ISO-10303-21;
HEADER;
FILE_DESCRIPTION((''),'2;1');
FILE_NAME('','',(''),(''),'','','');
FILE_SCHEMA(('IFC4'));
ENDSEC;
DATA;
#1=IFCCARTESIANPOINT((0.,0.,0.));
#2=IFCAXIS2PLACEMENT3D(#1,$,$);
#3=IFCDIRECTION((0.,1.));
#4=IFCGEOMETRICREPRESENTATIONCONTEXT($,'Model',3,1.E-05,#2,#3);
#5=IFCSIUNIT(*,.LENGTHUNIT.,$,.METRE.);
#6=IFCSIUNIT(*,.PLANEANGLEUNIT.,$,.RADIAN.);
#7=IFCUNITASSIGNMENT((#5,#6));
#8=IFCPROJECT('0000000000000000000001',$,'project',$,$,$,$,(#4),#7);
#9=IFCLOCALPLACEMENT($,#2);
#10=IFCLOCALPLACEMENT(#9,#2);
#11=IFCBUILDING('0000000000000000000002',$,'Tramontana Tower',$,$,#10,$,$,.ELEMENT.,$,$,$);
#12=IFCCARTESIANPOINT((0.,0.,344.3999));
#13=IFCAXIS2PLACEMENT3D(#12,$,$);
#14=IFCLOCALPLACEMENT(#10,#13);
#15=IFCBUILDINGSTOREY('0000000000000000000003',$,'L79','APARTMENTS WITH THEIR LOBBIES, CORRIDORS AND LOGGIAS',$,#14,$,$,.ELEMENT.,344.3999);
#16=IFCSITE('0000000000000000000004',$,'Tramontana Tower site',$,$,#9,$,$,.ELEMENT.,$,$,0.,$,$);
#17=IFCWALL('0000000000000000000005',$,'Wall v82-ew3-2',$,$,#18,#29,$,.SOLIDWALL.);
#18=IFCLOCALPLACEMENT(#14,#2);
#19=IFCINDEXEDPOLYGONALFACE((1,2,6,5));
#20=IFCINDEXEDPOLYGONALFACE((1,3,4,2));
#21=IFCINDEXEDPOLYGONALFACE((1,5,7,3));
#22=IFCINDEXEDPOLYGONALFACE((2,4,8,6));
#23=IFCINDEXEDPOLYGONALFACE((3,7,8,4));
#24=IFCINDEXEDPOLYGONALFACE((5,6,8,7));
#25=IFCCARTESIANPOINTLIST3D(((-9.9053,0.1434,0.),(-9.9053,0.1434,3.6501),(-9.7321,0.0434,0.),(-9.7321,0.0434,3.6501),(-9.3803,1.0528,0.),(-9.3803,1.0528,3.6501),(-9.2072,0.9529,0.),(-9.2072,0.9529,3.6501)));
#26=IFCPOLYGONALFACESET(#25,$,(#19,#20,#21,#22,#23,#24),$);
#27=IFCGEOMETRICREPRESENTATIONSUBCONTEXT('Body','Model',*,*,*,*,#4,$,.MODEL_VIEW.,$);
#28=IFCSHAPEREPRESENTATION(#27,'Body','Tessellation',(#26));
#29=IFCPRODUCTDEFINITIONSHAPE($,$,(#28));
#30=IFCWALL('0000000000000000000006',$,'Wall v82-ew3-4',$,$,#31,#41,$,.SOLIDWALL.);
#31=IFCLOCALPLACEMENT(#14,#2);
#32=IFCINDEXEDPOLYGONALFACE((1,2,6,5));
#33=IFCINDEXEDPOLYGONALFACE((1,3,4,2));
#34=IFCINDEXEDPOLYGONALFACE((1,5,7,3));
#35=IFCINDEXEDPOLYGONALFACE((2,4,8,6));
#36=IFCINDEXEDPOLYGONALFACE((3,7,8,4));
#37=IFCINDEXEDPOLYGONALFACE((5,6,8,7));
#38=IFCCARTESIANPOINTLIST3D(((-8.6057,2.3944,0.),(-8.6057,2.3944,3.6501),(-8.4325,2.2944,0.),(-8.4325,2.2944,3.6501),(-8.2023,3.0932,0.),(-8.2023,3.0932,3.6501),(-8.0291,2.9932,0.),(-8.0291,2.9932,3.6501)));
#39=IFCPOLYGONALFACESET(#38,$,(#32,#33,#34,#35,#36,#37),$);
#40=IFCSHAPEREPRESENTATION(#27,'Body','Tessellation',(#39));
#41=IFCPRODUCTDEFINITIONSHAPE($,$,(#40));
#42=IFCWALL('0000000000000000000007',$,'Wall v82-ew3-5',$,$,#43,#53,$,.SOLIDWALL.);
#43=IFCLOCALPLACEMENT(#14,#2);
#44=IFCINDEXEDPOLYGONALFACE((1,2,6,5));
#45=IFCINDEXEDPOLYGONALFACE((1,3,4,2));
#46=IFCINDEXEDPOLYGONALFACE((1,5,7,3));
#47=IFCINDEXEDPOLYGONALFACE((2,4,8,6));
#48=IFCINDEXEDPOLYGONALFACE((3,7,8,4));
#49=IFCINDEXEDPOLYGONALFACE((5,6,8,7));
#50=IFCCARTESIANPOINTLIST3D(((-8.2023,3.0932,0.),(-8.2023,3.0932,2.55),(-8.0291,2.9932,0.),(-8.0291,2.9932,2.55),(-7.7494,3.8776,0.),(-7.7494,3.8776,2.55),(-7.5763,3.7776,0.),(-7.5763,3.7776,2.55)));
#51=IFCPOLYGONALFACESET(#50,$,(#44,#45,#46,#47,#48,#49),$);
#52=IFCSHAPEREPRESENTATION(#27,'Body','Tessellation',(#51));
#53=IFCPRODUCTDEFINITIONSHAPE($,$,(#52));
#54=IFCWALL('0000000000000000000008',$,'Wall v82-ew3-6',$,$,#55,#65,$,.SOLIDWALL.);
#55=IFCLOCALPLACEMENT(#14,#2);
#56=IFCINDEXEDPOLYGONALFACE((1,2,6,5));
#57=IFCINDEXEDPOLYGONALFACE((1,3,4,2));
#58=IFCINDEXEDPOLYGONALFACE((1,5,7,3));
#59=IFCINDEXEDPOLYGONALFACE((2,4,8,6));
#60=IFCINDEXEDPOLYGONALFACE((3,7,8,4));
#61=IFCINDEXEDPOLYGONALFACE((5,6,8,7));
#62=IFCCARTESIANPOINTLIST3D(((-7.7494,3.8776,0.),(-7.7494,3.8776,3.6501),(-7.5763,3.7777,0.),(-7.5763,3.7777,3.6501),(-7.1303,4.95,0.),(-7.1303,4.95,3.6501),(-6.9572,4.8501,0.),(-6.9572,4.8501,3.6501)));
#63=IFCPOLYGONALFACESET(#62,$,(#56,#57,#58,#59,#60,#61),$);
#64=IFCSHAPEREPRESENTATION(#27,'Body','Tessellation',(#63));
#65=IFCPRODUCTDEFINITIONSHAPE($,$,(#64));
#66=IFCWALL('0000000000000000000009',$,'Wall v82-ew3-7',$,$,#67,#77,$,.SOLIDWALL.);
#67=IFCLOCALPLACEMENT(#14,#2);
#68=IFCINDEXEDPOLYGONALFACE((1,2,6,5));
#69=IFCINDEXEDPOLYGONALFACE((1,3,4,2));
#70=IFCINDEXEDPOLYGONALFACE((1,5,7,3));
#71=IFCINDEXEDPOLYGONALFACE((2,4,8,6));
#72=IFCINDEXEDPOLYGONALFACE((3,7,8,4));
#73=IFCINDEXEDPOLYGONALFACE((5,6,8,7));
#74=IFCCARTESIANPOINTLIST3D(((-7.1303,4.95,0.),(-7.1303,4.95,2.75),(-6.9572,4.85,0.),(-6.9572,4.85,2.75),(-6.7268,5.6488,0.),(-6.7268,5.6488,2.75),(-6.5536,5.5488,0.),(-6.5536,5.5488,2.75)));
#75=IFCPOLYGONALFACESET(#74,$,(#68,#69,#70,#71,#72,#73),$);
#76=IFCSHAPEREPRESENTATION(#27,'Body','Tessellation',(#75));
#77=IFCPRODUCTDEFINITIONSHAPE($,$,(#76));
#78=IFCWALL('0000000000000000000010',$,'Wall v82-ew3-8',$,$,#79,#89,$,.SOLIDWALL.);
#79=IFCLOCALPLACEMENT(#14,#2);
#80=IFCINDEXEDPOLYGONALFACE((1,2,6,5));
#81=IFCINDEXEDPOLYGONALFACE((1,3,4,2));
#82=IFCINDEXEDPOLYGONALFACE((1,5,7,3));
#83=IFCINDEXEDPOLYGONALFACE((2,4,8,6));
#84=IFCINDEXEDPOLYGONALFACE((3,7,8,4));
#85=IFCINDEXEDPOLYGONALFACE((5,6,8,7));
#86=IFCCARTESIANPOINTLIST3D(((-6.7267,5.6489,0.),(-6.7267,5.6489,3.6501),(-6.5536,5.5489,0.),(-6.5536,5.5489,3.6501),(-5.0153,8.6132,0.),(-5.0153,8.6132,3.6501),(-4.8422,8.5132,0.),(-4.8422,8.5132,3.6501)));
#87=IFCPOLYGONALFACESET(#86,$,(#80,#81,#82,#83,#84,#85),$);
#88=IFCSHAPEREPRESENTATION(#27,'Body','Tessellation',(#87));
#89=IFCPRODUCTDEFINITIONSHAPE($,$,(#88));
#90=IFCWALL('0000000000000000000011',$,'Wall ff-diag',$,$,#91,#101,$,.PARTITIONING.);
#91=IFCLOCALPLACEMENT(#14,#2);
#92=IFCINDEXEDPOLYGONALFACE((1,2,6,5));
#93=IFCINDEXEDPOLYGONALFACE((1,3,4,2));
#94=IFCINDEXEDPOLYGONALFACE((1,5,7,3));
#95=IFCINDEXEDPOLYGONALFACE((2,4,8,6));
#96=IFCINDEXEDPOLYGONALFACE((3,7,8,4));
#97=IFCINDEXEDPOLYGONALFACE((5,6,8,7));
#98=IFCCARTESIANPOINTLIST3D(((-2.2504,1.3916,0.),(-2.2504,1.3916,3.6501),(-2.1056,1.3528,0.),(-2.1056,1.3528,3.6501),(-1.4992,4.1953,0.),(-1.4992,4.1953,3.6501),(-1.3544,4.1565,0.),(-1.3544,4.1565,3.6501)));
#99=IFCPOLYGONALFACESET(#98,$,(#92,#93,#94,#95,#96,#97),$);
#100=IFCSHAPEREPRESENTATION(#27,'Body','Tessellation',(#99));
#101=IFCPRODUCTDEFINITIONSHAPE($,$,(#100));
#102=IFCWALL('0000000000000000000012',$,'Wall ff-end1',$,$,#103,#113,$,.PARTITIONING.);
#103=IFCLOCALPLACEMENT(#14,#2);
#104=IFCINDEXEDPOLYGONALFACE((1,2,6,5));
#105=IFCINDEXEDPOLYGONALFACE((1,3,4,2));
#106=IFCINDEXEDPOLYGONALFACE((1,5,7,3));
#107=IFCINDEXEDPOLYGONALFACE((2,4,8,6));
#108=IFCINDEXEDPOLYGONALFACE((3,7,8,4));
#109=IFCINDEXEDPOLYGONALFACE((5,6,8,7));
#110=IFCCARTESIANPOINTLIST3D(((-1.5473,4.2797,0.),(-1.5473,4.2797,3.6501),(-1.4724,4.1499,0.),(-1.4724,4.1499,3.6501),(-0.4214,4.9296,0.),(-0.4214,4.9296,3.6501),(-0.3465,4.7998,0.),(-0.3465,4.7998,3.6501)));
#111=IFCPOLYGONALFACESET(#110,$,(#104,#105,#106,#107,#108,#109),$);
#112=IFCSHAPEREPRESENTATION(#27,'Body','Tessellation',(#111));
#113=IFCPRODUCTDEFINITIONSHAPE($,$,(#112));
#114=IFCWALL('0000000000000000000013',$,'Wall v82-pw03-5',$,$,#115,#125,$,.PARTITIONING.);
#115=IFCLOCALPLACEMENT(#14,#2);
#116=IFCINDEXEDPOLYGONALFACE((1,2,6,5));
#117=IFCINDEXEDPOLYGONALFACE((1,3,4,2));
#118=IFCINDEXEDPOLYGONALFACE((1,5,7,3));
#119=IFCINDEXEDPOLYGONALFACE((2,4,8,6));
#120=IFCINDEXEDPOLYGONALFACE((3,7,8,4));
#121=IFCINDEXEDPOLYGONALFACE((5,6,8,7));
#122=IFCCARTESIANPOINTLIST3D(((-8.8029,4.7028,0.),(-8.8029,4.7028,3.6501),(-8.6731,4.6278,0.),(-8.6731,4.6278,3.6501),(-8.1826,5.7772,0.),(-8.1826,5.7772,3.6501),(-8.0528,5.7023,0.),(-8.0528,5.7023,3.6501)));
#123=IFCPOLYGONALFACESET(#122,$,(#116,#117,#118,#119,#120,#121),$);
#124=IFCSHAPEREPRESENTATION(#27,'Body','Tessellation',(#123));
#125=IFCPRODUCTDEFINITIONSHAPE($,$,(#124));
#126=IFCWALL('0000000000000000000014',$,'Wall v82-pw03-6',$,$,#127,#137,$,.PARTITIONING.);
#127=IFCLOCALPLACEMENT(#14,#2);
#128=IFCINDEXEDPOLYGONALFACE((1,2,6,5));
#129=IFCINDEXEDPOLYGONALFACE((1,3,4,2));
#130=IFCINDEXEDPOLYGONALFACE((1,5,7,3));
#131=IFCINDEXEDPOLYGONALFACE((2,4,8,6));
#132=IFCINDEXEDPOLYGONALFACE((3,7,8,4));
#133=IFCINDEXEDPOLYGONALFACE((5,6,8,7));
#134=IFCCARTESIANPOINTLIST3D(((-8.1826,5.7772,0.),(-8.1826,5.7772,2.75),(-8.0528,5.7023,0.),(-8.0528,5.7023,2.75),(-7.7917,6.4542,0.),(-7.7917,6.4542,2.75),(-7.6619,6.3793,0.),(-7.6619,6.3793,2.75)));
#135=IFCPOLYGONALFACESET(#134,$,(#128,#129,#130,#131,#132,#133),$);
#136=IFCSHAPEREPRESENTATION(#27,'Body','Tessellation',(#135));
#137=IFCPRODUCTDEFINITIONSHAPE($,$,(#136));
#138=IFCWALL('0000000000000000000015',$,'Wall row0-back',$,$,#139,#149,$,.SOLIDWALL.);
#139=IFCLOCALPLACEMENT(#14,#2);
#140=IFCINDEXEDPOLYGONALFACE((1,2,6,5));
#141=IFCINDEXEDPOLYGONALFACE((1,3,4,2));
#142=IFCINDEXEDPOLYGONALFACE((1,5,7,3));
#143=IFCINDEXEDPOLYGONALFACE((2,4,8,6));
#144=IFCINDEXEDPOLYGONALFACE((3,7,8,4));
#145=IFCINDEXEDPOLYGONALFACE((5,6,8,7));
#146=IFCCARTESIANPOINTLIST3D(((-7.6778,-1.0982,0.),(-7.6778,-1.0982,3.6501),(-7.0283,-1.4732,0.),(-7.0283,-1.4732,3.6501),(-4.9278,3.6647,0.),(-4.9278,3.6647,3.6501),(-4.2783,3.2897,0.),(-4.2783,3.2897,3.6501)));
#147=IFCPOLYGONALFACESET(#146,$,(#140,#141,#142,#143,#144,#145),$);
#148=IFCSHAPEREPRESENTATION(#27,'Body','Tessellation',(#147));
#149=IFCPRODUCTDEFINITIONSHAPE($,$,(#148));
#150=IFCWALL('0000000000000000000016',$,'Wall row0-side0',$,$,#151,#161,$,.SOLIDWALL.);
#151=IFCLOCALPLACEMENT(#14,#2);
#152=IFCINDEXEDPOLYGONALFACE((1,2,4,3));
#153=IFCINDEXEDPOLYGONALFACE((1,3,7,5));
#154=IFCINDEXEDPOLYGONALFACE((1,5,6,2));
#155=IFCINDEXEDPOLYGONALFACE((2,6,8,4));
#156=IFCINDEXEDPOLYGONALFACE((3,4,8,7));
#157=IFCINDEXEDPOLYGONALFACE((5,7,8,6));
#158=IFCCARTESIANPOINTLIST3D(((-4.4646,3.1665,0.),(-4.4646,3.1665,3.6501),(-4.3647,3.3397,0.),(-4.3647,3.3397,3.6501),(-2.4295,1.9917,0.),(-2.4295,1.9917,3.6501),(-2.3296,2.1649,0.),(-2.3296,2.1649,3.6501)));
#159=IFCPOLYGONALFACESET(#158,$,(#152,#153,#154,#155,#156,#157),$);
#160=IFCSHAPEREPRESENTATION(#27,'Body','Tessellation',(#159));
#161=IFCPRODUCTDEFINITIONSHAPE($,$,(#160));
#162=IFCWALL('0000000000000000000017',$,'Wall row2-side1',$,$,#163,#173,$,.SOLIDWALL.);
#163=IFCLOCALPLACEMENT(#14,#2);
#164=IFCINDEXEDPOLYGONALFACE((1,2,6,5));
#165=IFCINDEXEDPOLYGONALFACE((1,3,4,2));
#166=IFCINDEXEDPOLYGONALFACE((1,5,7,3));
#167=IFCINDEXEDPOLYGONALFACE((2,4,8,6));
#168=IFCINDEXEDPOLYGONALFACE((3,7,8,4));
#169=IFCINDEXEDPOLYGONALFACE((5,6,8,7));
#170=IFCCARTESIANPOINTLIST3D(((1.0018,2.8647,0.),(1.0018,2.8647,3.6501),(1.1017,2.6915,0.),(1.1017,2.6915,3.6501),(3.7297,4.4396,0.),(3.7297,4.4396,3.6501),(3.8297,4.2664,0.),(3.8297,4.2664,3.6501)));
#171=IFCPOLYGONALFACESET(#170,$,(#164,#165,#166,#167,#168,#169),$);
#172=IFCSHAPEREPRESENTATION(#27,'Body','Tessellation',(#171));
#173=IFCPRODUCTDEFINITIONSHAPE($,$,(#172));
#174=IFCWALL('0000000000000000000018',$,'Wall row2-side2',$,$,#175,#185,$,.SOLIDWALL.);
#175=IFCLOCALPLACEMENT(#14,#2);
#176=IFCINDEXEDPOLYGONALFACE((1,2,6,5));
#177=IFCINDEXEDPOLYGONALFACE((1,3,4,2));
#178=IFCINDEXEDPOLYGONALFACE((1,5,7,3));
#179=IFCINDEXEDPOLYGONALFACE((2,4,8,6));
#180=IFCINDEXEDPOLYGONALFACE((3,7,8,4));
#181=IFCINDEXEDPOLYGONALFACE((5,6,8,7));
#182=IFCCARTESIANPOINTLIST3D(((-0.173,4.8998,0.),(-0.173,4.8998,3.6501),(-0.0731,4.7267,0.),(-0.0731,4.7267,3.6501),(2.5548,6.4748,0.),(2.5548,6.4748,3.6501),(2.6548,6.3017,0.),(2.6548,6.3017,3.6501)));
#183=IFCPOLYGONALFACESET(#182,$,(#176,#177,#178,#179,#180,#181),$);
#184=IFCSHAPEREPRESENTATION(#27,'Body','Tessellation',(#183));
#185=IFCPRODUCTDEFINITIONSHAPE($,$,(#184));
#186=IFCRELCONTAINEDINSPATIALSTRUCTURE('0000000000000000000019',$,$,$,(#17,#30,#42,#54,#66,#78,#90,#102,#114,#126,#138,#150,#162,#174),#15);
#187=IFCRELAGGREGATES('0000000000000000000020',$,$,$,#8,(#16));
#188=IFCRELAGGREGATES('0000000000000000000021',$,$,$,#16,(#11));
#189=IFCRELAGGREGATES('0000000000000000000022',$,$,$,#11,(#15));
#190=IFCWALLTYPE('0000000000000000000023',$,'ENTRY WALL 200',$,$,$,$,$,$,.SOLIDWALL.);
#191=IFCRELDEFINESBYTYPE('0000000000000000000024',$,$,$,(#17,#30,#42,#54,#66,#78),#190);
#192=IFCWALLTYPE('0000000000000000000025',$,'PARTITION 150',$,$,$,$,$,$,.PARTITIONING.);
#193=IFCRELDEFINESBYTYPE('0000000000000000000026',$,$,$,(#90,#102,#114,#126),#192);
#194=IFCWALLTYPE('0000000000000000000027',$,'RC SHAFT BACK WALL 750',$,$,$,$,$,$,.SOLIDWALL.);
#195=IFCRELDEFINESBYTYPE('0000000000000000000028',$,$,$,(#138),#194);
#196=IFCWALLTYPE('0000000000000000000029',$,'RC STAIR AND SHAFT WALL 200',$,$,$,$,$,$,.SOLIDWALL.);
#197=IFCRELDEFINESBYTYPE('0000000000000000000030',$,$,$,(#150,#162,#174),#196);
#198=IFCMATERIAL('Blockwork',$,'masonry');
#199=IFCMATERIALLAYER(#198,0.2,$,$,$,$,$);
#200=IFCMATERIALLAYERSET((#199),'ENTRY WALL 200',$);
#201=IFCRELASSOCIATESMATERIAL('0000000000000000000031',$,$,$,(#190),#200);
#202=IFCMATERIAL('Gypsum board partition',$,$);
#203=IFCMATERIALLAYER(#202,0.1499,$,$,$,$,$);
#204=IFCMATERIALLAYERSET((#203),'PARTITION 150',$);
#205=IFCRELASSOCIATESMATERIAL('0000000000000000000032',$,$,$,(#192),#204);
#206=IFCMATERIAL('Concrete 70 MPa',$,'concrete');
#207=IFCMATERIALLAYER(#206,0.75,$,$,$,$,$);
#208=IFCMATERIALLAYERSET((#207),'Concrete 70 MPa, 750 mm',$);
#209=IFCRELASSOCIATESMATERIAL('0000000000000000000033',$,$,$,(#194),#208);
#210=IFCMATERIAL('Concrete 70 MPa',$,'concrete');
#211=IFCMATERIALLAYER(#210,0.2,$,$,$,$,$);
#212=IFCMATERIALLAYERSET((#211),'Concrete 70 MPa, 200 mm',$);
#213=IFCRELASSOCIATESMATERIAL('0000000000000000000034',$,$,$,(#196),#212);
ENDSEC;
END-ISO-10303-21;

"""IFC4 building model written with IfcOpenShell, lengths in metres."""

from ifc_helpers import new_model, si_unit, direction, frame, frame_2d, origin, place, context, subcontext, project, spatial, rectangle, extrude, material, layer, layer_set, type_object, element, save


model = new_model("IFC4")

# Units and contexts
model_context = context("Model", 3, precision=1e-05, world=origin(), true_north=direction((0.0, 1.0)))
body_context = subcontext(model_context, "Body", "Model", "MODEL_VIEW")
ifc_project = project(units=[si_unit("LENGTHUNIT", "METRE"), si_unit("PLANEANGLEUNIT", "RADIAN")], contexts=[model_context])

# Site, building, storey
site_placement = place(None, origin())
site = spatial("IfcSite", under=ifc_project, at=site_placement, Name="Tramontana Tower site", CompositionType="ELEMENT", RefElevation=0.0)
building_placement = place(site_placement, origin())
building = spatial("IfcBuilding", under=site, at=building_placement, Name="Tramontana Tower", CompositionType="ELEMENT")
storey_placement = place(building_placement, frame((0.0, 0.0, 344.3999)))
storey = spatial("IfcBuildingStorey", under=building, at=storey_placement, Name="L79", Description="APARTMENTS WITH THEIR LOBBIES, CORRIDORS AND LOGGIAS", CompositionType="ELEMENT", Elevation=344.3999)

# Wall
ifc_material_1 = material(Name="Blockwork", Category="masonry")
ifc_layer_1 = layer(ifc_material_1, 0.2)
ifc_layer_set_1 = layer_set([ifc_layer_1], Name="ENTRY WALL 200")
wall_type_1 = type_object("IfcWallType", Name="ENTRY WALL 200", PredefinedType="SOLIDWALL", material=ifc_layer_set_1)
wall_1_placement = place(storey_placement, frame((-9.8186, 0.0935, 0.0), z_axis=(0.0, 0.0, 1.0), x_axis=(0.49989, 0.866089, 0.0)))
element("IfcWall", 1, at=wall_1_placement, inside=storey, type_object=wall_type_1, Name="Wall v82-ew3-2", PredefinedType="SOLIDWALL", context=body_context, shape_type="SweptSolid", body=[
    extrude(rectangle(XDim=1.05, YDim=0.2, at=frame_2d((0.5249, 0.0))), origin(), (0.0, 0.0, 1.0), 3.6501),
])

# Walls
wall_2_placement = place(storey_placement, frame((-8.519, 2.3445, 0.0), z_axis=(0.0, 0.0, 1.0), x_axis=(0.499915, 0.866075, 0.0)))
element("IfcWall", 2, at=wall_2_placement, inside=storey, type_object=wall_type_1, Name="Wall v82-ew3-4", PredefinedType="SOLIDWALL", context=body_context, shape_type="SweptSolid", body=[
    extrude(rectangle(XDim=0.8069, YDim=0.2, at=frame_2d((0.4033, 0.0))), origin(), (0.0, 0.0, 1.0), 3.6501),
])
wall_3_placement = place(storey_placement, frame((-8.1157, 3.0432, 0.0), z_axis=(0.0, 0.0, 1.0), x_axis=(0.499995, 0.866028, 0.0)))
element("IfcWall", 3, at=wall_3_placement, inside=storey, type_object=wall_type_1, Name="Wall v82-ew3-5", PredefinedType="SOLIDWALL", context=body_context, shape_type="SweptSolid", body=[
    extrude(rectangle(XDim=0.9058, YDim=0.2, at=frame_2d((0.4529, 0.0))), origin(), (0.0, 0.0, 1.0), 2.55),
])
wall_4_placement = place(storey_placement, frame((-7.6628, 3.8276, 0.0), z_axis=(0.0, 0.0, 1.0), x_axis=(0.499956, 0.866051, 0.0)))
element("IfcWall", 4, at=wall_4_placement, inside=storey, type_object=wall_type_1, Name="Wall v82-ew3-6", PredefinedType="SOLIDWALL", context=body_context, shape_type="SweptSolid", body=[
    extrude(rectangle(XDim=1.2383, YDim=0.2, at=frame_2d((0.6191, 0.0))), origin(), (0.0, 0.0, 1.0), 3.6501),
])
wall_5_placement = place(storey_placement, frame((-7.0437, 4.9001, 0.0), z_axis=(0.0, 0.0, 1.0), x_axis=(0.500141, 0.865944, 0.0)))
element("IfcWall", 5, at=wall_5_placement, inside=storey, type_object=wall_type_1, Name="Wall v82-ew3-7", PredefinedType="SOLIDWALL", context=body_context, shape_type="SweptSolid", body=[
    extrude(rectangle(XDim=0.8069, YDim=0.2, at=frame_2d((0.4033, 0.0))), origin(), (0.0, 0.0, 1.0), 2.75),
])
wall_6_placement = place(storey_placement, frame((-6.6401, 5.5989, 0.0), z_axis=(0.0, 0.0, 1.0), x_axis=(0.49999, 0.866031, 0.0)))
element("IfcWall", 6, at=wall_6_placement, inside=storey, type_object=wall_type_1, Name="Wall v82-ew3-8", PredefinedType="SOLIDWALL", context=body_context, shape_type="SweptSolid", body=[
    extrude(rectangle(XDim=3.4229, YDim=0.2, at=frame_2d((1.7114, 0.0))), origin(), (0.0, 0.0, 1.0), 3.6501),
])
ifc_material_2 = material(Name="Gypsum board partition")
ifc_layer_2 = layer(ifc_material_2, 0.1499)
ifc_layer_set_2 = layer_set([ifc_layer_2], Name="PARTITION 150")
wall_type_2 = type_object("IfcWallType", Name="PARTITION 150", PredefinedType="PARTITIONING", material=ifc_layer_set_2)
wall_7_placement = place(storey_placement, frame((-2.178, 1.3723, 0.0), z_axis=(0.0, 0.0, 1.0), x_axis=(0.258809, 0.965929, 0.0)))
element("IfcWall", 7, at=wall_7_placement, inside=storey, type_object=wall_type_2, Name="Wall ff-diag", PredefinedType="PARTITIONING", context=body_context, shape_type="SweptSolid", body=[
    extrude(rectangle(XDim=2.9026, YDim=0.1499, at=frame_2d((1.4512, 0.0))), origin(), (0.0, 0.0, 1.0), 3.6501),
])
wall_8_placement = place(storey_placement, frame((-1.5098, 4.2148, 0.0), z_axis=(0.0, 0.0, 1.0), x_axis=(0.866086, 0.499896, 0.0)))
element("IfcWall", 8, at=wall_8_placement, inside=storey, type_object=wall_type_2, Name="Wall ff-end1", PredefinedType="PARTITIONING", context=body_context, shape_type="SweptSolid", body=[
    extrude(rectangle(XDim=1.3, YDim=0.1499, at=frame_2d((0.6499, 0.0))), origin(), (0.0, 0.0, 1.0), 3.6501),
])

# Walls
wall_9_placement = place(storey_placement, frame((-8.738, 4.6653, 0.0), z_axis=(0.0, 0.0, 1.0), x_axis=(0.500012, 0.866018, 0.0)))
element("IfcWall", 9, at=wall_9_placement, inside=storey, type_object=wall_type_2, Name="Wall v82-pw03-5", PredefinedType="PARTITIONING", context=body_context, shape_type="SweptSolid", body=[
    extrude(rectangle(XDim=1.2407, YDim=0.1499, at=frame_2d((0.6204, 0.0))), origin(), (0.0, 0.0, 1.0), 3.6501),
])
wall_10_placement = place(storey_placement, frame((-8.1177, 5.7397, 0.0), z_axis=(0.0, 0.0, 1.0), x_axis=(0.500002, 0.866024, 0.0)))
element("IfcWall", 10, at=wall_10_placement, inside=storey, type_object=wall_type_2, Name="Wall v82-pw03-6", PredefinedType="PARTITIONING", context=body_context, shape_type="SweptSolid", body=[
    extrude(rectangle(XDim=0.7817, YDim=0.1499, at=frame_2d((0.3909, 0.0))), origin(), (0.0, 0.0, 1.0), 2.75),
])
ifc_material_3 = material(Name="Concrete 70 MPa", Category="concrete")
ifc_layer_3 = layer(ifc_material_3, 0.75)
ifc_layer_set_3 = layer_set([ifc_layer_3], Name="Concrete 70 MPa, 750 mm")
wall_type_3 = type_object("IfcWallType", Name="RC SHAFT BACK WALL 750", PredefinedType="SOLIDWALL", material=ifc_layer_set_3)
wall_11_placement = place(storey_placement, frame((-4.603, 3.4773, 0.0), z_axis=(0.0, 0.0, 1.0), x_axis=(-0.500016, -0.866016, 0.0)))
element("IfcWall", 11, at=wall_11_placement, inside=storey, type_object=wall_type_3, Name="Wall row0-back", PredefinedType="SOLIDWALL", context=body_context, shape_type="SweptSolid", body=[
    extrude(rectangle(XDim=5.4998, YDim=0.75, at=frame_2d((2.75, 0.0))), origin(), (0.0, 0.0, 1.0), 3.6501),
])

# Shared definitions
ifc_material_4 = material(Name="Concrete 70 MPa", Category="concrete")
ifc_layer_4 = layer(ifc_material_4, 0.2)
ifc_layer_set_4 = layer_set([ifc_layer_4], Name="Concrete 70 MPa, 200 mm")
wall_type_4 = type_object("IfcWallType", Name="RC STAIR AND SHAFT WALL 200", PredefinedType="SOLIDWALL", material=ifc_layer_set_4)

# Walls
wall_12_placement = place(storey_placement, frame((-2.3796, 2.0784, 0.0), z_axis=(0.0, 0.0, 1.0), x_axis=(-0.866061, 0.499938, 0.0)))
element("IfcWall", 12, at=wall_12_placement, inside=storey, type_object=wall_type_4, Name="Wall row0-side0", PredefinedType="SOLIDWALL", context=body_context, shape_type="SweptSolid", body=[
    extrude(rectangle(XDim=2.3499, YDim=0.2, at=frame_2d((1.1748, 0.0))), origin(), (0.0, 0.0, 1.0), 3.6501),
])
for number, where, z_axis, x_axis, name in (
    (13, (1.0518, 2.7781, 0.0), (0.0, 0.0, 1.0), (0.866036, 0.499982, 0.0), "Wall row2-side1"),
    (14, (-0.123, 4.8132, 0.0), (0.0, 0.0, 1.0), (0.866016, 0.500015, 0.0), "Wall row2-side2"),
):
    element("IfcWall", number, at=place(storey_placement, frame(where, z_axis=z_axis, x_axis=x_axis)), inside=storey, type_object=wall_type_4, Name=name, PredefinedType="SOLIDWALL", context=body_context, shape_type="SweptSolid", body=[
        extrude(rectangle(XDim=3.1499, YDim=0.2, at=frame_2d((1.575, 0.0))), origin(), (0.0, 0.0, 1.0), 3.6501),
    ])

save(model, "model.ifc")
